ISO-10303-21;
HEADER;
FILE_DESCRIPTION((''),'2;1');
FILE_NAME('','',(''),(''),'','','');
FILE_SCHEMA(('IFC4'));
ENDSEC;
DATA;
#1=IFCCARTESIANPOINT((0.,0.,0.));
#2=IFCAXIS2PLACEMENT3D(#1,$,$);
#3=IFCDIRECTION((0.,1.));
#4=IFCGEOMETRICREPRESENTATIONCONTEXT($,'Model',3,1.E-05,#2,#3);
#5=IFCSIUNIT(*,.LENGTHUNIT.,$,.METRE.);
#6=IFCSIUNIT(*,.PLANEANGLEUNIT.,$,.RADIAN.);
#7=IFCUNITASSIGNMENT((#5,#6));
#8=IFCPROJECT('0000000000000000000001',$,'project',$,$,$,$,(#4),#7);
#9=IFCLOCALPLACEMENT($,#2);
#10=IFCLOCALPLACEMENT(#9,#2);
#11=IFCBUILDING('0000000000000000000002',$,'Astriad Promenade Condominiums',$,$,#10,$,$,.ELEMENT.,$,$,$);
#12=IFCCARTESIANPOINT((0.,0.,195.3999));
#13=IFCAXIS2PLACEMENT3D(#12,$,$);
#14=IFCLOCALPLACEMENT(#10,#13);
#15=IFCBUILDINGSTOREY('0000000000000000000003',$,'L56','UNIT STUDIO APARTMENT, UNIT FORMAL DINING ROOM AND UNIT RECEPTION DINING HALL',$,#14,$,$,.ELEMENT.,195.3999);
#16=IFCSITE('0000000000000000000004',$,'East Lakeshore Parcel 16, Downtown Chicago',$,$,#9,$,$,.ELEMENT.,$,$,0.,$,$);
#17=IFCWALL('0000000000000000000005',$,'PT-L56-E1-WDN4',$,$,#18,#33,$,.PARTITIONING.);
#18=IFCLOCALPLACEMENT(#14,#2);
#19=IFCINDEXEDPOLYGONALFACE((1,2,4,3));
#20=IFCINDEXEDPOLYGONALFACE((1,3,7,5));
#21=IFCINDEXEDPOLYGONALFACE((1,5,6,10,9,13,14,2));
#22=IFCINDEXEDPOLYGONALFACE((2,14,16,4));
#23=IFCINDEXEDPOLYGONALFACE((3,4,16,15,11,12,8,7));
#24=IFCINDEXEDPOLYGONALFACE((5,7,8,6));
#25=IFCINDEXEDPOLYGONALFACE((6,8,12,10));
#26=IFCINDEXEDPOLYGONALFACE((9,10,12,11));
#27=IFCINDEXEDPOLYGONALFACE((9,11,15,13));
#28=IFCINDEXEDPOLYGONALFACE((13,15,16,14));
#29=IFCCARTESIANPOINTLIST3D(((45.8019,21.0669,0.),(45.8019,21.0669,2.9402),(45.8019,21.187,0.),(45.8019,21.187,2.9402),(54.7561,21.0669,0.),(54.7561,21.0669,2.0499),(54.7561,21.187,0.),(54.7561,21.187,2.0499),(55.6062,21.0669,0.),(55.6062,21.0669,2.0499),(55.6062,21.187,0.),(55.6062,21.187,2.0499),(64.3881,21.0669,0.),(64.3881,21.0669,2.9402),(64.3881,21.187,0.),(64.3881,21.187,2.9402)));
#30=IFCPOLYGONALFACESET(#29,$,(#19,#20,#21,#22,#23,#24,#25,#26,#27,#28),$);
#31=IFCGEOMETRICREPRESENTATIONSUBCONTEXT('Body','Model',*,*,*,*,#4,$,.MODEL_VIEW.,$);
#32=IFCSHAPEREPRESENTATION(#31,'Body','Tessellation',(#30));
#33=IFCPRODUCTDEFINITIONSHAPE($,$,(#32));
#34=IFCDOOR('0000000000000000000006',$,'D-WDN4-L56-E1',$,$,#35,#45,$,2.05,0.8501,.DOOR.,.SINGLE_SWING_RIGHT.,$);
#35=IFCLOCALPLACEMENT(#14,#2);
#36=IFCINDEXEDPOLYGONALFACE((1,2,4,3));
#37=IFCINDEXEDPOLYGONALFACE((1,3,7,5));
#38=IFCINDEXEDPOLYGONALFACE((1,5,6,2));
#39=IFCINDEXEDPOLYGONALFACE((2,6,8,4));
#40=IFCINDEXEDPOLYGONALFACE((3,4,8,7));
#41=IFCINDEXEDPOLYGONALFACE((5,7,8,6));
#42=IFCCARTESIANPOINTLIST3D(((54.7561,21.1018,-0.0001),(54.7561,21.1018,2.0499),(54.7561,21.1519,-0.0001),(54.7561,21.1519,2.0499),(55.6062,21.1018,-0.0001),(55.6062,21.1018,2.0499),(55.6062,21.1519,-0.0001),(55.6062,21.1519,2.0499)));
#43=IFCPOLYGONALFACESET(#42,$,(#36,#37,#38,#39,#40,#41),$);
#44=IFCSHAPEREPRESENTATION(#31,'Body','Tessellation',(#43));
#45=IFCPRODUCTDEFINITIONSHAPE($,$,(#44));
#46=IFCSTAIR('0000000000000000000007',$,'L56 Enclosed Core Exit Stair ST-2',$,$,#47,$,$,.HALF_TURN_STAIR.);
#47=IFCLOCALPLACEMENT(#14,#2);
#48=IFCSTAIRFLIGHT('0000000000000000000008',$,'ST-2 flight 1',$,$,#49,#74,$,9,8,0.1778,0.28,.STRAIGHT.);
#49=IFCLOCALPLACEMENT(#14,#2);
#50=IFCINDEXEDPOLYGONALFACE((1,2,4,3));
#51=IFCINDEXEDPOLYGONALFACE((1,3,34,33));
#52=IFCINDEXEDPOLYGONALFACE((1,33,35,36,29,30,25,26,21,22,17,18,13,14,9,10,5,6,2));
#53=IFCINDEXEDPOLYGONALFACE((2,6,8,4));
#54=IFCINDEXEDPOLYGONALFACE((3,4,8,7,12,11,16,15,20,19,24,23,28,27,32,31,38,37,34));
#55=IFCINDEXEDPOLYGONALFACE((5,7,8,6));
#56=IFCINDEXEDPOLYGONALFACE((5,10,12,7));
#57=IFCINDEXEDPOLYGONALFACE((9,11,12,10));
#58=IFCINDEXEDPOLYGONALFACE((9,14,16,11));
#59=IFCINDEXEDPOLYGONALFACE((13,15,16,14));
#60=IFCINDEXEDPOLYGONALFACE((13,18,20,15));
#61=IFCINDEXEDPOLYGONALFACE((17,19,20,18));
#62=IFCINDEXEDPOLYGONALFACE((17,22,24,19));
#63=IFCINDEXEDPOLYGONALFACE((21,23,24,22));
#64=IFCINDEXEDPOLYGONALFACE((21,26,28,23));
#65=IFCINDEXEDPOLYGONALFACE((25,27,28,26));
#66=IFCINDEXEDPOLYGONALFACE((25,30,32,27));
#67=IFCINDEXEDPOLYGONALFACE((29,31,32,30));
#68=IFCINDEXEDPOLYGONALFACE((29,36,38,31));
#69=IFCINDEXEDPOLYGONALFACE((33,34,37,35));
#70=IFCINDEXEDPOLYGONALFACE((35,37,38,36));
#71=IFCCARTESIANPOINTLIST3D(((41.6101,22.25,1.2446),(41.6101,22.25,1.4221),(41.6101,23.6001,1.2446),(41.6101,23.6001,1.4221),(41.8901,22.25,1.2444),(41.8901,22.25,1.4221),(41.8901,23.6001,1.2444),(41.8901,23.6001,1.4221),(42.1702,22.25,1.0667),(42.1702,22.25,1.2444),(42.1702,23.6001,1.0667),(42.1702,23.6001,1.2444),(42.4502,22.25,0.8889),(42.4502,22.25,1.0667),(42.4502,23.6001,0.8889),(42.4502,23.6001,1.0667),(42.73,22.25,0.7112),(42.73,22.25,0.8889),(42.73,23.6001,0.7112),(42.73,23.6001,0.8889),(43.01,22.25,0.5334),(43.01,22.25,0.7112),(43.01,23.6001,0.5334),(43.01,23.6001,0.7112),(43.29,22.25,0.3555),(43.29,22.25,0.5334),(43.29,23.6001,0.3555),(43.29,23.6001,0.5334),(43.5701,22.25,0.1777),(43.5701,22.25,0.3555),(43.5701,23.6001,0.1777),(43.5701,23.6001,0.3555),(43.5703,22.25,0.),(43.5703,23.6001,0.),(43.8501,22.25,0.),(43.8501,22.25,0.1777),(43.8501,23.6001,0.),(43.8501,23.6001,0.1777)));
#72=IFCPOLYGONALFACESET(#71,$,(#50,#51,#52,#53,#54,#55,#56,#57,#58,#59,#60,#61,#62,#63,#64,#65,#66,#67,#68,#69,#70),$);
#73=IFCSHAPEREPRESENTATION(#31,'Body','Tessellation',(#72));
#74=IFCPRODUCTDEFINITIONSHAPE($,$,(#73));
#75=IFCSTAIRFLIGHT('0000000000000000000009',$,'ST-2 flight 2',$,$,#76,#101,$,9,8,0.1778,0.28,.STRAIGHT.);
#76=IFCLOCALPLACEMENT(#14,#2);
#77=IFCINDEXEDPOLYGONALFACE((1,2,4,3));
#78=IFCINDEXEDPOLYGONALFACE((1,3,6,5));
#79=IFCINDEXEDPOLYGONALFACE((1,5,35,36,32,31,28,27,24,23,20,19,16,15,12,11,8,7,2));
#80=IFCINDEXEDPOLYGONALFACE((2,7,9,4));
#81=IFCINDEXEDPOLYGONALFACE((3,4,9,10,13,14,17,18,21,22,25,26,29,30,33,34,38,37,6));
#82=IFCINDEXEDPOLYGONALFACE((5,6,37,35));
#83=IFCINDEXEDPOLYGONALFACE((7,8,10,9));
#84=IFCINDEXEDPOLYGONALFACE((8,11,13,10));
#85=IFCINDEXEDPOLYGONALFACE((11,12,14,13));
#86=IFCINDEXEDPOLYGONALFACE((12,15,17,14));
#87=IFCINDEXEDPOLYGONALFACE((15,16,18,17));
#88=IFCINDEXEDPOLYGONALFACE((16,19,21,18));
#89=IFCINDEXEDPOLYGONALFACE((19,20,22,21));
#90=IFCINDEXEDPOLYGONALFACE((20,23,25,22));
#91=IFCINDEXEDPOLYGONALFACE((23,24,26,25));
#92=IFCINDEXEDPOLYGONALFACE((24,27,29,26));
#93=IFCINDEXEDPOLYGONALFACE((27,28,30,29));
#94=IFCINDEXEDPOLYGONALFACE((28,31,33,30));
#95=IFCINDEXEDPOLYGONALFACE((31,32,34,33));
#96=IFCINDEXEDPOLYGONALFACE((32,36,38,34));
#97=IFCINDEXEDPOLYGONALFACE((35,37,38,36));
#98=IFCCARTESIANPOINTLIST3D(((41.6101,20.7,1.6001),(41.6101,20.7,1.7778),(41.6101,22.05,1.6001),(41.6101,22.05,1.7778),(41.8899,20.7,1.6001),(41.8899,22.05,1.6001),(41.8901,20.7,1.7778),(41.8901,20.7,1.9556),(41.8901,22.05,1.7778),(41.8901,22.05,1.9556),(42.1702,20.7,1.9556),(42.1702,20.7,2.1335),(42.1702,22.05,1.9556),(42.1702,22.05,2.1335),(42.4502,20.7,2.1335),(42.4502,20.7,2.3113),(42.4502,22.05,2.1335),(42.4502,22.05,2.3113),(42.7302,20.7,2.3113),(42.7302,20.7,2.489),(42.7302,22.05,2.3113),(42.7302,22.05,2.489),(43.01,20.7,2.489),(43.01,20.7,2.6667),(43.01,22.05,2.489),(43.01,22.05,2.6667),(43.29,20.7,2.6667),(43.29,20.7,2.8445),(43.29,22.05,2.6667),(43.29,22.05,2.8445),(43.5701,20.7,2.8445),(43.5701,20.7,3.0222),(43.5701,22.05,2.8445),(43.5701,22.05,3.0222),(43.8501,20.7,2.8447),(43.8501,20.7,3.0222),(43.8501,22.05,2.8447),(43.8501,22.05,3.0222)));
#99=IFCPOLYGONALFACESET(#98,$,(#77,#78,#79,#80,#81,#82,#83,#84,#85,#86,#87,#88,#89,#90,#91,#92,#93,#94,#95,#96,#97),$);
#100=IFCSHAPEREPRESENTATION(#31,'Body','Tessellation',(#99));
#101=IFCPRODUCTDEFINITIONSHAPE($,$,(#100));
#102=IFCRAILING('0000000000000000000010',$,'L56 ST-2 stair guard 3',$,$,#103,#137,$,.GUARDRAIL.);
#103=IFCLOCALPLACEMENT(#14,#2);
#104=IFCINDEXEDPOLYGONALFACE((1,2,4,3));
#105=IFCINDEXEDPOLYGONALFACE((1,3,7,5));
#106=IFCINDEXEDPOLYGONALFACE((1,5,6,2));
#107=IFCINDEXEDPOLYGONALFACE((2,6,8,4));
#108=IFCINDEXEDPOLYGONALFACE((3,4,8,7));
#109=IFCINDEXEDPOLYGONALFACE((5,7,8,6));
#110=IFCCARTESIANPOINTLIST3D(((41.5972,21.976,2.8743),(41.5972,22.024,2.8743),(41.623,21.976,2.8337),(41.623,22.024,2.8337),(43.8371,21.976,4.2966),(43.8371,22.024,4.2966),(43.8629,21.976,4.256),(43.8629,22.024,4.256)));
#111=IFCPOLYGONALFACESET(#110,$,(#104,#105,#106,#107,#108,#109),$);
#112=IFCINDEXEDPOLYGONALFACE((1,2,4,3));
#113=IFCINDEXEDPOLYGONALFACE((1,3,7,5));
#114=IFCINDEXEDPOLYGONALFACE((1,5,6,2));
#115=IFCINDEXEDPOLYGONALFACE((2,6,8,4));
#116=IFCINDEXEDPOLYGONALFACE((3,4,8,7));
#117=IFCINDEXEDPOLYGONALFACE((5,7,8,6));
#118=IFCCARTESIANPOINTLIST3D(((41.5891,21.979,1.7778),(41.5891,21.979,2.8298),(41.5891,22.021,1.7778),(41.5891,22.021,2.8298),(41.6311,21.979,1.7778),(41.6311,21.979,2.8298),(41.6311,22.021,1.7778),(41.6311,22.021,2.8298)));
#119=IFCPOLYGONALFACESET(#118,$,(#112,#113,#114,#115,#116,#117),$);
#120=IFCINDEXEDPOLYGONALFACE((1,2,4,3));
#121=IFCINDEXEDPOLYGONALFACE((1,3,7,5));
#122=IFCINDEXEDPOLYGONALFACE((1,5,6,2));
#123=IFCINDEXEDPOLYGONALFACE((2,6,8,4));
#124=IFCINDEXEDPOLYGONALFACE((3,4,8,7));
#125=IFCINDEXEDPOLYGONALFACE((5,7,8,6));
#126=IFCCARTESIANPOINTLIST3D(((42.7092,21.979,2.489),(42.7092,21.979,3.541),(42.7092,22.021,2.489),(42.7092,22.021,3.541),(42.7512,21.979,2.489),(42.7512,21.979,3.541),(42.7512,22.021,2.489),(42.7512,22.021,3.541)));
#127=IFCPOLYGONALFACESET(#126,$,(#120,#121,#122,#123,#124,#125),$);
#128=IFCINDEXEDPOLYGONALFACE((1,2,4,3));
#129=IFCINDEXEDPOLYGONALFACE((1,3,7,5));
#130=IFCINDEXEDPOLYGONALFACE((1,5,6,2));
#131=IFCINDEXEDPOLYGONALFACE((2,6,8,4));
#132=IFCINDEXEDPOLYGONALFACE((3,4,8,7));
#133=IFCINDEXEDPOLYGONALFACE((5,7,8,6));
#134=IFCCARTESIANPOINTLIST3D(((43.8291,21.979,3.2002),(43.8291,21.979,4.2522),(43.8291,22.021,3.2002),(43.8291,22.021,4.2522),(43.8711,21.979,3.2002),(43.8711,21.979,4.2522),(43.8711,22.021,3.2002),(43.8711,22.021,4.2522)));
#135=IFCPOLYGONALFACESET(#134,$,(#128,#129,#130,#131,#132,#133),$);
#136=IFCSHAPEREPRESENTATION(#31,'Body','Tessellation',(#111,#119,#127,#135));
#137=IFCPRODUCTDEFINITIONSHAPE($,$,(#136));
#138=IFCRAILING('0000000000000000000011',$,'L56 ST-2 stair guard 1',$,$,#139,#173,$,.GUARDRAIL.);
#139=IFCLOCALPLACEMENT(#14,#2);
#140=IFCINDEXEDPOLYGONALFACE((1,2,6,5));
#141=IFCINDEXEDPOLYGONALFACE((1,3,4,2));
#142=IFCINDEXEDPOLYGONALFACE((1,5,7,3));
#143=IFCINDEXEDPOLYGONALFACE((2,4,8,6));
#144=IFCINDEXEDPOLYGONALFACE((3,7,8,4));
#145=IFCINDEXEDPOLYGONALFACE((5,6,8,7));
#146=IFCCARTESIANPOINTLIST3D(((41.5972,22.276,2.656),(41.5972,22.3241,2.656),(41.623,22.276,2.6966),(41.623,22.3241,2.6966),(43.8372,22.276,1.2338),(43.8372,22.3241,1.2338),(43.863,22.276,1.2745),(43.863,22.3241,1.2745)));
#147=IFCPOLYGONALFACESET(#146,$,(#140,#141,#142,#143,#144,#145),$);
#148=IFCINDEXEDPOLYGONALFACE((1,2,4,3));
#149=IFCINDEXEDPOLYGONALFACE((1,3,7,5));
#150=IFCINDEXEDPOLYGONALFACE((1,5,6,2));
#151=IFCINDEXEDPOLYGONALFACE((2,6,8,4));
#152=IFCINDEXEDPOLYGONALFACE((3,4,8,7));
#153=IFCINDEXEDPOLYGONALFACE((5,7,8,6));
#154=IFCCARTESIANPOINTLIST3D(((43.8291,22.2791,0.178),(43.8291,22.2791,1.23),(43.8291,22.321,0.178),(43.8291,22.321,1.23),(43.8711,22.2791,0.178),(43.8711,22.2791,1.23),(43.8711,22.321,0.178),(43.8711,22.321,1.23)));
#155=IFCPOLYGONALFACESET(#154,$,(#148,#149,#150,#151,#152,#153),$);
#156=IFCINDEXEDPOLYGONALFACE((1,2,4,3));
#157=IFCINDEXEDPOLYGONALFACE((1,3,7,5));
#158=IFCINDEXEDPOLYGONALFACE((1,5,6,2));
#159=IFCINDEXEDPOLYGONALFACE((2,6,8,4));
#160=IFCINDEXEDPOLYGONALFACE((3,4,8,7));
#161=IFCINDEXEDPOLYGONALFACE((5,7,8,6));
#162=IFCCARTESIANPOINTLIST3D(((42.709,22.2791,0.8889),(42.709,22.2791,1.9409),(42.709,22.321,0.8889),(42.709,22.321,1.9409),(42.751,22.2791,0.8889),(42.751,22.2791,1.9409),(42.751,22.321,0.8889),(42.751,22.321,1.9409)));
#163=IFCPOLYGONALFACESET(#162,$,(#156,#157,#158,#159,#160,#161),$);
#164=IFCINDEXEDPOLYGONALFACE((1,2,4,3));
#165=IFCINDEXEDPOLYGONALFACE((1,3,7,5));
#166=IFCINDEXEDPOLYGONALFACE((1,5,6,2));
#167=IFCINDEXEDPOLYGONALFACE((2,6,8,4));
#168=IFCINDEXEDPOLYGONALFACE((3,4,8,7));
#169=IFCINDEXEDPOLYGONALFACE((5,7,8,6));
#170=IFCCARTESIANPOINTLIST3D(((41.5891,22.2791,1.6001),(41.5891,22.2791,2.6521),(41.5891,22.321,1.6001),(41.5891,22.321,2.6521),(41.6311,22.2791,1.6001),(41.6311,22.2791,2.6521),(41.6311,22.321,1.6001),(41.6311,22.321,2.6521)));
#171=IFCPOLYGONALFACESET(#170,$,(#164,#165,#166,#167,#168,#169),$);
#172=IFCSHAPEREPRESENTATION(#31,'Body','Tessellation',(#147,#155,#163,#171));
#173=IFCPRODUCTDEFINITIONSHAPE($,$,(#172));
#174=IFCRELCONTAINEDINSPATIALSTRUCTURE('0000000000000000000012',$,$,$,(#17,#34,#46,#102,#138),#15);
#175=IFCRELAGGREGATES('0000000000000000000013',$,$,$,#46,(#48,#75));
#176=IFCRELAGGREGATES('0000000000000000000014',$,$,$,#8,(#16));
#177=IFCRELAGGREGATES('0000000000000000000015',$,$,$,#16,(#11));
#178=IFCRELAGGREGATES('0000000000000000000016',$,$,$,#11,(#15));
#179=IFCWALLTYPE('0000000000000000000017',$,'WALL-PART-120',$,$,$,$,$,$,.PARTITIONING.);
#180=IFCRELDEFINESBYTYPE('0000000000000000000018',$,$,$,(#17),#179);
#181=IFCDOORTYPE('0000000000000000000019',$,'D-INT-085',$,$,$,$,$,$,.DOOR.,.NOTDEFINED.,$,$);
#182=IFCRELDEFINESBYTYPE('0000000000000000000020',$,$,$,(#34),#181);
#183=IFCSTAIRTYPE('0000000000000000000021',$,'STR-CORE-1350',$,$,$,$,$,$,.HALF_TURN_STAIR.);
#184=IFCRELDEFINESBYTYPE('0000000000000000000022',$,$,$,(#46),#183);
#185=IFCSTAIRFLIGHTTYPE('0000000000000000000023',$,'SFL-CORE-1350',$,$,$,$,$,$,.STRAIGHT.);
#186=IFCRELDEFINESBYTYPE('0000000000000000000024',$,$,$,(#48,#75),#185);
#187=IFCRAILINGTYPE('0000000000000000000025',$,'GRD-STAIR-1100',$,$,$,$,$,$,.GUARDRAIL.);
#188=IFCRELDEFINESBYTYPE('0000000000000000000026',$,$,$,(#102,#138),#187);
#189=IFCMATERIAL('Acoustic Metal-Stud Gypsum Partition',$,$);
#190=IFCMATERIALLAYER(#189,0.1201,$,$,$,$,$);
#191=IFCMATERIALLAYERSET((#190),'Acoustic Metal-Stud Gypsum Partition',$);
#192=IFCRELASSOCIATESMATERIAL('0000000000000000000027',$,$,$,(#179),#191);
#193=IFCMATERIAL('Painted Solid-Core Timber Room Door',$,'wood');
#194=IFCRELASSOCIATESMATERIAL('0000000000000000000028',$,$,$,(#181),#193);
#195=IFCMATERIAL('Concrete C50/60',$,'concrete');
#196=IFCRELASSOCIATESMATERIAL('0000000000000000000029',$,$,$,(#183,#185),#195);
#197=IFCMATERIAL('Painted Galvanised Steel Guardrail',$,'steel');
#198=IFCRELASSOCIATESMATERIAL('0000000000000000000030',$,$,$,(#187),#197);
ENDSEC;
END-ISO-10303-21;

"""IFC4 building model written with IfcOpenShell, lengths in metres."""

from ifc_helpers import new_model, si_unit, direction, frame, frame_2d, origin, origin_2d, place, context, subcontext, project, spatial, polyline, rectangle, outline, extrude, source, transform, mapped, material, layer, layer_set, type_object, type_shapes, element, fill, aggregate, save


model = new_model("IFC4")

# Units and contexts
model_context = context("Model", 3, precision=1e-05, world=origin(), true_north=direction((0.0, 1.0)))
body_context = subcontext(model_context, "Body", "Model", "MODEL_VIEW")
ifc_project = project(units=[si_unit("LENGTHUNIT", "METRE"), si_unit("PLANEANGLEUNIT", "RADIAN")], contexts=[model_context])

# Site, building, storey
site_placement = place(None, origin())
site = spatial("IfcSite", under=ifc_project, at=site_placement, Name="East Lakeshore Parcel 16, Downtown Chicago", CompositionType="ELEMENT", RefElevation=0.0)
building_placement = place(site_placement, origin())
building = spatial("IfcBuilding", under=site, at=building_placement, Name="Astriad Promenade Condominiums", CompositionType="ELEMENT")
storey_placement = place(building_placement, frame((0.0, 0.0, 195.3999)))
storey = spatial("IfcBuildingStorey", under=building, at=storey_placement, Name="L56", Description="UNIT STUDIO APARTMENT, UNIT FORMAL DINING ROOM AND UNIT RECEPTION DINING HALL", CompositionType="ELEMENT", Elevation=195.3999)

# Shared definitions
ifc_material_1 = material(Name="Concrete C50/60", Category="concrete")

# Shared definitions
ifc_material_2 = material(Name="Acoustic Metal-Stud Gypsum Partition")
ifc_layer_1 = layer(ifc_material_2, 0.1201)
ifc_layer_set_1 = layer_set([ifc_layer_1], Name="Acoustic Metal-Stud Gypsum Partition")
wall_type_1 = type_object("IfcWallType", Name="WALL-PART-120", PredefinedType="PARTITIONING", material=ifc_layer_set_1)

# Wall, opening, door
ifc_material_3 = material(Name="Painted Solid-Core Timber Room Door", Category="wood")
door_type_1 = type_object("IfcDoorType", Name="D-INT-085", OperationType="NOTDEFINED", PredefinedType="DOOR", material=ifc_material_3)
shared_shape_1 = source(origin(), body_context, "Body", "SweptSolid", [
    extrude(rectangle(XDim=0.8501, YDim=2.05, at=frame_2d((0.425, 1.0249))), frame((0.0, 0.0249, 0.0), z_axis=(0.0, -1.0, 0.0), x_axis=(1.0, 0.0, 0.0)), (0.0, 0.0, 1.0), 0.05),
])
type_shapes(door_type_1, [shared_shape_1])
wall_1_placement = place(storey_placement, frame((45.802, 21.127, 0.0), z_axis=(0.0, 0.0, 1.0), x_axis=(1.0, 0.0, 0.0)))
wall_1 = element("IfcWall", 1, at=wall_1_placement, inside=storey, type_object=wall_type_1, Name="PT-L56-E1-WDN4", PredefinedType="PARTITIONING", context=body_context, shape_type="SweptSolid", body=[
    extrude(rectangle(XDim=18.5862, YDim=0.1201, at=frame_2d((9.293, 0.0))), origin(), (0.0, 0.0, 1.0), 2.9402),
])
opening_1_placement = place(wall_1_placement, frame((8.9541, 0.0, 0.0)))
opening_1 = element("IfcOpeningElement", 2, at=opening_1_placement, cuts=wall_1, PredefinedType="OPENING", context=body_context, shape_type="SweptSolid", body=[
    extrude(rectangle(XDim=0.8501, YDim=2.05, at=frame_2d((0.425, 1.0249))), frame((0.0, 0.0701, 0.0), z_axis=(0.0, -1.0, 0.0), x_axis=(1.0, 0.0, 0.0)), (0.0, 0.0, 1.0), 0.1401),
])
door_1_placement = place(opening_1_placement, origin())
door_1 = element("IfcDoor", 3, at=door_1_placement, inside=storey, type_object=door_type_1, Name="D-WDN4-L56-E1", OperationType="SINGLE_SWING_RIGHT", OverallHeight=2.05, OverallWidth=0.8501, PredefinedType="DOOR", context=body_context, shape_type="MappedRepresentation", body=[
    mapped(shared_shape_1, transform((0.0, 0.0, 0.0), scale=1.0)),
])
fill(opening_1, door_1)

# Stair, stair flights
stair_type = type_object("IfcStairType", Name="STR-CORE-1350", PredefinedType="HALF_TURN_STAIR", material=ifc_material_1)
stair_placement = place(storey_placement, origin())
stair = element("IfcStair", 4, at=stair_placement, inside=storey, type_object=stair_type, Name="L56 Enclosed Core Exit Stair ST-2", PredefinedType="HALF_TURN_STAIR")
stair_flight_type = type_object("IfcStairFlightType", Name="SFL-CORE-1350", PredefinedType="STRAIGHT", material=ifc_material_1)
shared_shape_2 = source(origin(), body_context, "Body", "SweptSolid", [
    extrude(outline(polyline([(0.0, 0.0), (0.0, 0.1777), (0.28, 0.1777), (0.28, 0.3555), (0.5601, 0.3555), (0.5601, 0.5334), (0.8401, 0.5334), (0.8401, 0.7112), (1.1201, 0.7112), (1.1201, 0.8889), (1.3999, 0.8889), (1.3999, 1.0667), (1.6799, 1.0667), (1.6799, 1.2444), (1.96, 1.2444), (1.96, 1.4221), (2.24, 1.4221), (2.24, 1.6001), (2.24, 1.2446), (0.2798, 0.0), (0.0, 0.0)])), frame((0.0, 0.675, 0.0), z_axis=(0.0, -1.0, 0.0), x_axis=(1.0, 0.0, 0.0)), (0.0, 0.0, 1.0), 1.3501),
])
type_shapes(stair_flight_type, [shared_shape_2])
stair_flight_1_placement = place(storey_placement, frame((43.8501, 22.925, 0.0), z_axis=(0.0, 0.0, 1.0), x_axis=(-1.0, 0.0, 0.0)))
stair_flight_1 = element("IfcStairFlight", 5, at=stair_flight_1_placement, type_object=stair_flight_type, Name="ST-2 flight 1", NumberOfRisers=9, NumberOfTreads=8, PredefinedType="STRAIGHT", RiserHeight=0.1778, TreadLength=0.28, context=body_context, shape_type="MappedRepresentation", body=[
    mapped(shared_shape_2, transform((0.0, 0.0, 0.0), scale=1.0)),
])
stair_flight_2_placement = place(storey_placement, frame((41.6101, 21.375, 1.6001), z_axis=(0.0, 0.0, 1.0), x_axis=(1.0, 0.0, 0.0)))
stair_flight_2 = element("IfcStairFlight", 6, at=stair_flight_2_placement, type_object=stair_flight_type, Name="ST-2 flight 2", NumberOfRisers=9, NumberOfTreads=8, PredefinedType="STRAIGHT", RiserHeight=0.1778, TreadLength=0.28, context=body_context, shape_type="MappedRepresentation", body=[
    mapped(shared_shape_2, transform((0.0, 0.0, 0.0), scale=1.0)),
])
aggregate(stair, [stair_flight_1, stair_flight_2])

# Railings
ifc_material_4 = material(Name="Painted Galvanised Steel Guardrail", Category="steel")
railing_type_1 = type_object("IfcRailingType", Name="GRD-STAIR-1100", PredefinedType="GUARDRAIL", material=ifc_material_4)
shared_shape_3 = source(origin(), body_context, "Body", "SweptSolid", [
    extrude(rectangle(XDim=0.0481, YDim=0.0481, at=origin_2d()), frame((0.0, 0.0, 1.0762), z_axis=(0.844188, 0.0, 0.536048), x_axis=(0.0, 1.0, 0.0)), (0.0, 0.0, 1.0), 2.6533),
    extrude(rectangle(XDim=0.042, YDim=0.042, at=origin_2d()), origin(), (0.0, 0.0, 1.0), 1.052),
    extrude(rectangle(XDim=0.042, YDim=0.042, at=origin_2d()), frame((1.1201, 0.0, 0.7112)), (0.0, 0.0, 1.0), 1.052),
    extrude(rectangle(XDim=0.042, YDim=0.042, at=origin_2d()), frame((2.24, 0.0, 1.4224)), (0.0, 0.0, 1.0), 1.052),
])
railing_1_placement = place(storey_placement, frame((41.6101, 22.0, 1.7778)))
element("IfcRailing", 7, at=railing_1_placement, inside=storey, type_object=railing_type_1, Name="L56 ST-2 stair guard 3", PredefinedType="GUARDRAIL", context=body_context, shape_type="MappedRepresentation", body=[
    mapped(shared_shape_3, transform((0.0, 0.0, 0.0), scale=1.0)),
])
shared_shape_4 = source(origin(), body_context, "Body", "SweptSolid", [
    extrude(rectangle(XDim=0.0481, YDim=0.0481, at=origin_2d()), frame((0.0, 0.0, 1.0762), z_axis=(-0.844229, 0.0, 0.535982), x_axis=(0.0, -1.0, 0.0)), (0.0, 0.0, 1.0), 2.6533),
    extrude(rectangle(XDim=0.042, YDim=0.042, at=origin_2d()), origin(), (0.0, 0.0, 1.0), 1.052),
    extrude(rectangle(XDim=0.042, YDim=0.042, at=origin_2d()), frame((-1.1201, 0.0, 0.7109)), (0.0, 0.0, 1.0), 1.052),
    extrude(rectangle(XDim=0.042, YDim=0.042, at=origin_2d()), frame((-2.24, 0.0, 1.4221)), (0.0, 0.0, 1.0), 1.052),
])
railing_2_placement = place(storey_placement, frame((43.8501, 22.3, 0.178)))
element("IfcRailing", 8, at=railing_2_placement, inside=storey, type_object=railing_type_1, Name="L56 ST-2 stair guard 1", PredefinedType="GUARDRAIL", context=body_context, shape_type="MappedRepresentation", body=[
    mapped(shared_shape_4, transform((0.0, 0.0, 0.0), scale=1.0)),
])

save(model, "model.ifc")
